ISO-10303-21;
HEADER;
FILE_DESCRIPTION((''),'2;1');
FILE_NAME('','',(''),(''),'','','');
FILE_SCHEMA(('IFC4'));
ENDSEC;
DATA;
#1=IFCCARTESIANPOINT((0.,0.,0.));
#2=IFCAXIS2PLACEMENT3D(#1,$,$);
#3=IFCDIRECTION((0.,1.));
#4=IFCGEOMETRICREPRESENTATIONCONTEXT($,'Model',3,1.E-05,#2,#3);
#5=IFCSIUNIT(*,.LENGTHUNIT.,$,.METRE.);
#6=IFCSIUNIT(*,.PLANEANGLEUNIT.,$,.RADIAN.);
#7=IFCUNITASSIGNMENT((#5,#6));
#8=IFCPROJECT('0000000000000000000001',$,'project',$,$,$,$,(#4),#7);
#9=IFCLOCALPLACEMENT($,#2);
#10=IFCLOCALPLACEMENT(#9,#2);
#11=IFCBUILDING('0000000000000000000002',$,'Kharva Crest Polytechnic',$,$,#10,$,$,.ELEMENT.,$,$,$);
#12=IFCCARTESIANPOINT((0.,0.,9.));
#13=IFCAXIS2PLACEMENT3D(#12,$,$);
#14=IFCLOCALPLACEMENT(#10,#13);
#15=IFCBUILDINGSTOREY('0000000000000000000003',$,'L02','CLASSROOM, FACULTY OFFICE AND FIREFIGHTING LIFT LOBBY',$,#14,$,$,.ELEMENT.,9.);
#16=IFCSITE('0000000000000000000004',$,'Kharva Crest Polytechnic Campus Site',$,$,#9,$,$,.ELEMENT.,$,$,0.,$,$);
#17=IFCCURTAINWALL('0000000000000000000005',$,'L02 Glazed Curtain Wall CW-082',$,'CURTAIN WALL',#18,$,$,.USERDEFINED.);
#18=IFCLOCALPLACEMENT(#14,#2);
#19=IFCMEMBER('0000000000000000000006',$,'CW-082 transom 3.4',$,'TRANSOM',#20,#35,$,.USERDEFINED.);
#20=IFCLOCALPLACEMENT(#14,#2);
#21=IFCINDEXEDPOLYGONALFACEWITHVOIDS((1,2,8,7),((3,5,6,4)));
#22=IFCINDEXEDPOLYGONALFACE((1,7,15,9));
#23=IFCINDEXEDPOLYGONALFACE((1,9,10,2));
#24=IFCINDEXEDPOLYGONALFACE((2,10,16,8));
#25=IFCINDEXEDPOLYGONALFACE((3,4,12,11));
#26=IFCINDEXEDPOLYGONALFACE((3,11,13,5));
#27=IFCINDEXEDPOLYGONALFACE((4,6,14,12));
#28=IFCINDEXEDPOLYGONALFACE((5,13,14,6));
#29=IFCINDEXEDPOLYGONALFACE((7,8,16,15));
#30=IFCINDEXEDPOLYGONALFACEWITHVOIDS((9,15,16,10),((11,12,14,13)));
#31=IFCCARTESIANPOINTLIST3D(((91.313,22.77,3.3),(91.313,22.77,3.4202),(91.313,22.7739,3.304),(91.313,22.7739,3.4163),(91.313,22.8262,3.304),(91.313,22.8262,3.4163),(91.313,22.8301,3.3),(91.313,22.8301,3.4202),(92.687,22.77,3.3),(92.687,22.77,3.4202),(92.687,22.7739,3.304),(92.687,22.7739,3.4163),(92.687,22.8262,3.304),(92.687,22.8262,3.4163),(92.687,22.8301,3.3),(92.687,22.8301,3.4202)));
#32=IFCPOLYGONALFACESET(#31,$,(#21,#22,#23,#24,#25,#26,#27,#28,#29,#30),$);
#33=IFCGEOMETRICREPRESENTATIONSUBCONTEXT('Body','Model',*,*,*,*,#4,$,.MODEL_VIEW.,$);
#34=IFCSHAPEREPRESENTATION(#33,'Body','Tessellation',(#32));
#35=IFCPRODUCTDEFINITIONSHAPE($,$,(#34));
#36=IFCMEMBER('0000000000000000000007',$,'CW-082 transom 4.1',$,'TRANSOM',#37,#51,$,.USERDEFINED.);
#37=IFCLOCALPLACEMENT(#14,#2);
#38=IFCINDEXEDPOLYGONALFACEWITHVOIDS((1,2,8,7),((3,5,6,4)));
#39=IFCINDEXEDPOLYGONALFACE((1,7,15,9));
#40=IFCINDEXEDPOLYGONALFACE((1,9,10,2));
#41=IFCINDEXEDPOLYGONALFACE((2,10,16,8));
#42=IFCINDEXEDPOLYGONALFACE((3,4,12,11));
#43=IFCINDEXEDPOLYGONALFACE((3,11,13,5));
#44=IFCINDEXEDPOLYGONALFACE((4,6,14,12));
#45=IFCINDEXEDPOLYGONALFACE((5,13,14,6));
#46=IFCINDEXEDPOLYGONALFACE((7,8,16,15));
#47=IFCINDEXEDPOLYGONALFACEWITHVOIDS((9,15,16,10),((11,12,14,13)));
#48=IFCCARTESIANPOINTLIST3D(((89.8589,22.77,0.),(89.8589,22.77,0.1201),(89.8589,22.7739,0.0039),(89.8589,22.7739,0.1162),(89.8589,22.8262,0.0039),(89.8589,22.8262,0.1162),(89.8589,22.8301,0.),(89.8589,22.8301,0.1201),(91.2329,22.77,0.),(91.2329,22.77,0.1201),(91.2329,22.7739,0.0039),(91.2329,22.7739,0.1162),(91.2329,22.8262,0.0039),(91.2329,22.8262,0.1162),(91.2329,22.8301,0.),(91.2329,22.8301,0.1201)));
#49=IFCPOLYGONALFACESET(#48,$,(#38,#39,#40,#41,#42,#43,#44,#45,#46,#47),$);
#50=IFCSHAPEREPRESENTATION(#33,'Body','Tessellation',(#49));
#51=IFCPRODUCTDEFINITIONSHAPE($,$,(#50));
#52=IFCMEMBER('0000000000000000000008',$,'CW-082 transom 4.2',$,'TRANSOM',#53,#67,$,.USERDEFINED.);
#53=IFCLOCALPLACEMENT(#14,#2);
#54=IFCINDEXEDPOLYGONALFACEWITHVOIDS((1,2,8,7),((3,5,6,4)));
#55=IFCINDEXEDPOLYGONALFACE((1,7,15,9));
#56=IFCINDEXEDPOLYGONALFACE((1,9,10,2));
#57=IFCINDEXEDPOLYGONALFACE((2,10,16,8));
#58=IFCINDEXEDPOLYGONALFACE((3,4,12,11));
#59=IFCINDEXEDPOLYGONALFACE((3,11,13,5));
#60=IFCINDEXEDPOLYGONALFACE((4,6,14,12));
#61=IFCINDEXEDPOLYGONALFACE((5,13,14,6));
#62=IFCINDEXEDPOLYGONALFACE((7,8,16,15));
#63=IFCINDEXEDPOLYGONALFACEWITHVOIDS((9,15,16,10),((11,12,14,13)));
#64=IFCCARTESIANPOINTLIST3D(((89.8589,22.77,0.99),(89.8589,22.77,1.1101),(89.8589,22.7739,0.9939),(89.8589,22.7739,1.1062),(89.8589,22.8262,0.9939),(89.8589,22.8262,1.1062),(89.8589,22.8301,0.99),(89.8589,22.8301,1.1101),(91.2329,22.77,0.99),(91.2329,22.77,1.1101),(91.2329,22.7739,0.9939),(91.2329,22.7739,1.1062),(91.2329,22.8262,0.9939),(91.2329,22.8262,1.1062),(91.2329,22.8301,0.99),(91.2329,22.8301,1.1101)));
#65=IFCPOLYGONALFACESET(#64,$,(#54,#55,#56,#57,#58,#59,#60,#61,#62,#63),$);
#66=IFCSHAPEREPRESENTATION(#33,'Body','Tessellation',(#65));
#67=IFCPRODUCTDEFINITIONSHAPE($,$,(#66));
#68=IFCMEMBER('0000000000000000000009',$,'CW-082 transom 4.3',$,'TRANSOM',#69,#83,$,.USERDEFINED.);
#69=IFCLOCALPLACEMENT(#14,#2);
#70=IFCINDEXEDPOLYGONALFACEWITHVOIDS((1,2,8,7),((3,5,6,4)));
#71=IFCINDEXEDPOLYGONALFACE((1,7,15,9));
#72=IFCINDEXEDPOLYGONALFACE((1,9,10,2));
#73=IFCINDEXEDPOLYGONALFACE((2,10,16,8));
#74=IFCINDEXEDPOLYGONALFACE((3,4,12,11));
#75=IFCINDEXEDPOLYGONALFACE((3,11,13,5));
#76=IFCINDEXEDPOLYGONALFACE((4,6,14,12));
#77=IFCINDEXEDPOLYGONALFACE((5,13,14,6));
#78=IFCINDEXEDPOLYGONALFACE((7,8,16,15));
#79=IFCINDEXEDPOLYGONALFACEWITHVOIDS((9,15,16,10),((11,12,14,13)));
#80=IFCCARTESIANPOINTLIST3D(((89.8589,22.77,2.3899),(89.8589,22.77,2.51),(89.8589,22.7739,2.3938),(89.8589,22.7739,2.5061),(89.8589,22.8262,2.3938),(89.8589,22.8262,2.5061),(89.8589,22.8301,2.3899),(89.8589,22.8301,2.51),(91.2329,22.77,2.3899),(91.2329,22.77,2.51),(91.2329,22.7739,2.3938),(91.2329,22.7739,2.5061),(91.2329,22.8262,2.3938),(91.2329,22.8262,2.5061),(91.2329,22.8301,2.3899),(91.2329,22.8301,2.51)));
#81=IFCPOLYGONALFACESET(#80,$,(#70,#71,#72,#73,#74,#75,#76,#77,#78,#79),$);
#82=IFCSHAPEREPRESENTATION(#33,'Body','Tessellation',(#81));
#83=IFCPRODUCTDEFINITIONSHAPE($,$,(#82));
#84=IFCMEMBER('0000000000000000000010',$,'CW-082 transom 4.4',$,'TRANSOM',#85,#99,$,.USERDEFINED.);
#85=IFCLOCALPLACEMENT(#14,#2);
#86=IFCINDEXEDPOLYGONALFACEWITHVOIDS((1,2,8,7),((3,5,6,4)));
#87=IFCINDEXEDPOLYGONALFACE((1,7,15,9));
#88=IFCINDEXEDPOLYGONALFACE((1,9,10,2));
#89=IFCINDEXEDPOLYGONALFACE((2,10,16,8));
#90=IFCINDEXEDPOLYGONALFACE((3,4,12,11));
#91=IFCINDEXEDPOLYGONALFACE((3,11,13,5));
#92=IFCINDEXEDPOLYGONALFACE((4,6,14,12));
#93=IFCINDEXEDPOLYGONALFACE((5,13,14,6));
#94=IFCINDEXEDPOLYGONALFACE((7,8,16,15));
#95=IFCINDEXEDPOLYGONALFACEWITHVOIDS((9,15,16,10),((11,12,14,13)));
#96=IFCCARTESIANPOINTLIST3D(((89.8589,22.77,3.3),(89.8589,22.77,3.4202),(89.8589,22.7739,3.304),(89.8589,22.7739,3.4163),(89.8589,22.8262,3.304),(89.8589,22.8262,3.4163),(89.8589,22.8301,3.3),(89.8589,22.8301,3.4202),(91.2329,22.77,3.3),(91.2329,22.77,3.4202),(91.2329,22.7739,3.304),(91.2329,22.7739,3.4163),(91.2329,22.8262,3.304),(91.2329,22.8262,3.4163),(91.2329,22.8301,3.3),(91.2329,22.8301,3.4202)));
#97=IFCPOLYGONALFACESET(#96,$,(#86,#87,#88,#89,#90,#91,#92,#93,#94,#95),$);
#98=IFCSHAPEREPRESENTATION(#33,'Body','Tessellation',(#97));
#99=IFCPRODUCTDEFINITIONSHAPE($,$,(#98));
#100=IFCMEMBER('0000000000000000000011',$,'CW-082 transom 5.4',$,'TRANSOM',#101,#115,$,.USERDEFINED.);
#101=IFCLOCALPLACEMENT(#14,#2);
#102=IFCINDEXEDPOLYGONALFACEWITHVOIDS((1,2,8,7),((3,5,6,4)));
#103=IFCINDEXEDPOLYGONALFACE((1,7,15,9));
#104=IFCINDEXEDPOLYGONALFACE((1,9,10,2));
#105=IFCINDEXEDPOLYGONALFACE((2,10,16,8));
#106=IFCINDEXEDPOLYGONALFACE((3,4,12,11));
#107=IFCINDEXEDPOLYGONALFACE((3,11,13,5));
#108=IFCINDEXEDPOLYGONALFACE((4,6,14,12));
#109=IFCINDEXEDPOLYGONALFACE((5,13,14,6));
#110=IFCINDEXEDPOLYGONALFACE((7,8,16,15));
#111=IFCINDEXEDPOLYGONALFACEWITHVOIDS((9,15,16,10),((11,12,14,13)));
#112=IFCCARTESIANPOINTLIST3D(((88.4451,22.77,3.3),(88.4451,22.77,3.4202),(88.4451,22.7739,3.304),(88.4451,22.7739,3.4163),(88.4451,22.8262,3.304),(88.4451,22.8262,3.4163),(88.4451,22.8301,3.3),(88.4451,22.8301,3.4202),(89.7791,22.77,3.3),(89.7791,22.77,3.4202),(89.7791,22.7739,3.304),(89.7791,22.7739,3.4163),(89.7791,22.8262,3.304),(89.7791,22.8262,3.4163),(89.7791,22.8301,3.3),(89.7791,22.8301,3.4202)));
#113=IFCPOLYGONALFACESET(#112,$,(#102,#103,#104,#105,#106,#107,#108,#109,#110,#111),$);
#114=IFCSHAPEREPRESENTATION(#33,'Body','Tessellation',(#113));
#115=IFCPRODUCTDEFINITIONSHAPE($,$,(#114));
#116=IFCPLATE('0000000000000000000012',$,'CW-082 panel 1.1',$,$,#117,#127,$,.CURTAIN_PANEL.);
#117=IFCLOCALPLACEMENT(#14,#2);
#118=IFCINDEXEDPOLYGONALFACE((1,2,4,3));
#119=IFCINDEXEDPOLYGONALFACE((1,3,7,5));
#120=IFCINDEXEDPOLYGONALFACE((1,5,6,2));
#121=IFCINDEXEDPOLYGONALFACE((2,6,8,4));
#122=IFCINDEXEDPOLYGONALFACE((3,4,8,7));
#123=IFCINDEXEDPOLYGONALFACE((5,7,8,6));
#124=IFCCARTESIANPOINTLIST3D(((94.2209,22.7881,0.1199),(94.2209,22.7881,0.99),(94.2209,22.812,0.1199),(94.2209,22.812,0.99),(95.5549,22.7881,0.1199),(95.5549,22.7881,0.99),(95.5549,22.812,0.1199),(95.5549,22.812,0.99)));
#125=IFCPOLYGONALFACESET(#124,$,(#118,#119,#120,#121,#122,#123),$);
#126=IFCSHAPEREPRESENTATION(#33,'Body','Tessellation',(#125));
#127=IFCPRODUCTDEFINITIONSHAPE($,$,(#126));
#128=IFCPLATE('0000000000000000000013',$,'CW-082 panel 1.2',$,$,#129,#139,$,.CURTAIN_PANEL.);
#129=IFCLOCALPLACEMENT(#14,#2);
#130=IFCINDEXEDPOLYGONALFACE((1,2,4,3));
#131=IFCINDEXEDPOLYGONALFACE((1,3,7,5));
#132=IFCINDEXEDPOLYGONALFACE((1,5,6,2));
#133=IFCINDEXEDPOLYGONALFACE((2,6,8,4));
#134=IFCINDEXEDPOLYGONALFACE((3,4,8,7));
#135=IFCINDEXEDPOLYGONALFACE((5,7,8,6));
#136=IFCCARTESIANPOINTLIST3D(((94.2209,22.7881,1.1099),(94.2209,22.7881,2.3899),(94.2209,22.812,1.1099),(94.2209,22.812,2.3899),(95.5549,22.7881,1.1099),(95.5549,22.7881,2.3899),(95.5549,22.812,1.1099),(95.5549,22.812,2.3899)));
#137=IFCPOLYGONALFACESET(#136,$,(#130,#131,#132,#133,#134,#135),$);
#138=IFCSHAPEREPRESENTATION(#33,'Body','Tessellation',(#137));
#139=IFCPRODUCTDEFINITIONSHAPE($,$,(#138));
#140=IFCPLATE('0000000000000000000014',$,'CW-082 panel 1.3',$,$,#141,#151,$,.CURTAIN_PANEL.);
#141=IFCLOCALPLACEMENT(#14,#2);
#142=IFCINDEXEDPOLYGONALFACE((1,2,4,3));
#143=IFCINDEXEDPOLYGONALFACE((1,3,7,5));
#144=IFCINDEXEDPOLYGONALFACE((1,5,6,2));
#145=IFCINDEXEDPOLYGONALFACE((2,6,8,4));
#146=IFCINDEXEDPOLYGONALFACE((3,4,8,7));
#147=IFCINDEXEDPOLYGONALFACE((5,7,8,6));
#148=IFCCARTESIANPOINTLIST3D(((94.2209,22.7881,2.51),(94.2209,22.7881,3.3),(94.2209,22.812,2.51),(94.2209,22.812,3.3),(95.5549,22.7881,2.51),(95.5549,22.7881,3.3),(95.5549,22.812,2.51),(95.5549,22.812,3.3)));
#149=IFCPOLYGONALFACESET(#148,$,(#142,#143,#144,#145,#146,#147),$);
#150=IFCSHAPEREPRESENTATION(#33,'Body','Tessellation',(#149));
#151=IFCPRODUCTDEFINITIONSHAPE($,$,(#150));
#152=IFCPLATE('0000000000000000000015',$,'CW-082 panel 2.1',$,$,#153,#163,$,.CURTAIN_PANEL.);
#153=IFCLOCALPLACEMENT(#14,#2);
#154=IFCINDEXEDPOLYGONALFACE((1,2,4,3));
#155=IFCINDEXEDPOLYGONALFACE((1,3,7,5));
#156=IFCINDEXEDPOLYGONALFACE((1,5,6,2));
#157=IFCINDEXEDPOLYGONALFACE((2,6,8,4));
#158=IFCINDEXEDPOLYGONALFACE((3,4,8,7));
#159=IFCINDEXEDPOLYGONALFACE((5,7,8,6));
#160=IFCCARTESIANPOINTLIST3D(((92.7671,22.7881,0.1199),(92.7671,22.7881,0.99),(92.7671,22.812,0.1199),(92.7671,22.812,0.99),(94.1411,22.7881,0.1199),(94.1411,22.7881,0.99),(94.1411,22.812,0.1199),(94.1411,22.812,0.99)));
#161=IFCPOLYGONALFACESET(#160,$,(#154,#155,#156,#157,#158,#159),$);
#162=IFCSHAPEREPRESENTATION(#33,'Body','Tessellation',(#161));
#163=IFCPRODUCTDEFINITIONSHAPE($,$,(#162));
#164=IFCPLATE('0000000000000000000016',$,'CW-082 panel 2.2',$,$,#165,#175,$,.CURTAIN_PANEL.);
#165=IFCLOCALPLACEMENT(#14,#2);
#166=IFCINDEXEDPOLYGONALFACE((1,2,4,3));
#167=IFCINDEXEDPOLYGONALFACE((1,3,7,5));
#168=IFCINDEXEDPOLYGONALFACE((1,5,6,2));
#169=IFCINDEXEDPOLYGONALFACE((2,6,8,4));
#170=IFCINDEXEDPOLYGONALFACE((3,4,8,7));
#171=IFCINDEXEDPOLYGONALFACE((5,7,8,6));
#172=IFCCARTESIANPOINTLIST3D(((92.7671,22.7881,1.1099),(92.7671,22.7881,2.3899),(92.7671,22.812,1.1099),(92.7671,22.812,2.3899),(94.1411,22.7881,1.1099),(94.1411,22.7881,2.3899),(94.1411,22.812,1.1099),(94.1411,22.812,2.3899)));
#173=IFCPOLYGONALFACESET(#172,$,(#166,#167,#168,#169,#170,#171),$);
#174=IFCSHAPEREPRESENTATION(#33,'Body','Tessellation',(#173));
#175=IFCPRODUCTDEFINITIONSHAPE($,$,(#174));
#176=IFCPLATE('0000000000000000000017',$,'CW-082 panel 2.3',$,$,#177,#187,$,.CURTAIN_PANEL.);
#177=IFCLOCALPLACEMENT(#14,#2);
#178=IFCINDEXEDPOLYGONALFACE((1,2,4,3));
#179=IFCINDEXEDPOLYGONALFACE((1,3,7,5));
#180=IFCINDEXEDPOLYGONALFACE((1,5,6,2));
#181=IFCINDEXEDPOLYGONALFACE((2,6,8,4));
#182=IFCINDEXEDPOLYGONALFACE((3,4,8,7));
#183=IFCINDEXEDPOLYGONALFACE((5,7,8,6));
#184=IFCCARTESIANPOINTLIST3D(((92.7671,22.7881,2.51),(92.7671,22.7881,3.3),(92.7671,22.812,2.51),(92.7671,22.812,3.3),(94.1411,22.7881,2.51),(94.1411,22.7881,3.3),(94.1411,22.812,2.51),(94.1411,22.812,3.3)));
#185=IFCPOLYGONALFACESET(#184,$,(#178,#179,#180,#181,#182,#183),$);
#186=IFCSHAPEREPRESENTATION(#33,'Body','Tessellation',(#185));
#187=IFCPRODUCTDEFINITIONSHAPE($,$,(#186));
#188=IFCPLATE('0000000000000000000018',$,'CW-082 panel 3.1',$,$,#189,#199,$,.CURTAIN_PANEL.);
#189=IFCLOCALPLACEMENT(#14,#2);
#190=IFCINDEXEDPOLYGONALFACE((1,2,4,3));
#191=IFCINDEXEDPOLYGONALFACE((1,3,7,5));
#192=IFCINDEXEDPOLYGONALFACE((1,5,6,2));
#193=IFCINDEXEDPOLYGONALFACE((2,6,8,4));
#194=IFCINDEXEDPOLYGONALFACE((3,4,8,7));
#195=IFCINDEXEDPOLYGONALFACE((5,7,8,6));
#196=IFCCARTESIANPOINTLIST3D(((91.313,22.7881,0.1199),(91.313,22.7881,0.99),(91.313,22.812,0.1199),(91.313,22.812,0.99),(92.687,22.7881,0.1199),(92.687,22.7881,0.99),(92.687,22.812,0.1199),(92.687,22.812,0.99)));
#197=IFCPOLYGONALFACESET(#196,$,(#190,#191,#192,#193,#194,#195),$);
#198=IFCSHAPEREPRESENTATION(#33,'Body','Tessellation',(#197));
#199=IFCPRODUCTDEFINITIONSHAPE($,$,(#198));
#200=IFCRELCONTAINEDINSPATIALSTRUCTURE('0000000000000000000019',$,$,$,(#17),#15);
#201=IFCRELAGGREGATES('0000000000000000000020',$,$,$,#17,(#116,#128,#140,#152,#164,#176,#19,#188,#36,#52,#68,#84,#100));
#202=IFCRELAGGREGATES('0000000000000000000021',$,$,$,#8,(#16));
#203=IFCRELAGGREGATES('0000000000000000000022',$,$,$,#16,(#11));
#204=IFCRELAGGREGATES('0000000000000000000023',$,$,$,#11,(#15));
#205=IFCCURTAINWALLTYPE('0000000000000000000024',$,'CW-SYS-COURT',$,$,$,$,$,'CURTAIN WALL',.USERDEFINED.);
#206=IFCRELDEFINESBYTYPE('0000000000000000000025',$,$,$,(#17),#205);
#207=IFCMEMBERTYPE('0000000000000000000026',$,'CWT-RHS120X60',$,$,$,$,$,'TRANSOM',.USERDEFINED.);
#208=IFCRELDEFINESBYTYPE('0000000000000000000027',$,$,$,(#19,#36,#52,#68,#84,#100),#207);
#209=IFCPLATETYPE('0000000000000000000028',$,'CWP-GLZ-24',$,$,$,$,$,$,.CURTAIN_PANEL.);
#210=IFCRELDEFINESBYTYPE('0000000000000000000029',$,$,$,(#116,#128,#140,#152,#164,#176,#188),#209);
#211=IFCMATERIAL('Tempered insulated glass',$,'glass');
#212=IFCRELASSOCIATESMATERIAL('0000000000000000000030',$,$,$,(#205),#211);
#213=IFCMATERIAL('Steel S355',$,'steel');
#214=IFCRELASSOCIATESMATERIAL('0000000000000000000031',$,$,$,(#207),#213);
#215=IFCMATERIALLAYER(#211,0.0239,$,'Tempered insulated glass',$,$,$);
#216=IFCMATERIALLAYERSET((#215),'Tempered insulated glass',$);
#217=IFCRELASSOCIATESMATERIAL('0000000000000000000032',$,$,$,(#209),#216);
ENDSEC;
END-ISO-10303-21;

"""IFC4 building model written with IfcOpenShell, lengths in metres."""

from ifc_helpers import new_model, si_unit, direction, frame, origin, origin_2d, place, context, subcontext, project, spatial, rectangle, hollow_rectangle, extrude, material, layer, layer_set, material_profile, profile_set, type_object, element, aggregate, save


model = new_model("IFC4")

# Units and contexts
model_context = context("Model", 3, precision=1e-05, world=origin(), true_north=direction((0.0, 1.0)))
body_context = subcontext(model_context, "Body", "Model", "MODEL_VIEW")
ifc_project = project(units=[si_unit("LENGTHUNIT", "METRE"), si_unit("PLANEANGLEUNIT", "RADIAN")], contexts=[model_context])

# Site, building, storey
site_placement = place(None, origin())
site = spatial("IfcSite", under=ifc_project, at=site_placement, Name="Kharva Crest Polytechnic Campus Site", CompositionType="ELEMENT", RefElevation=0.0)
building_placement = place(site_placement, origin())
building = spatial("IfcBuilding", under=site, at=building_placement, Name="Kharva Crest Polytechnic", CompositionType="ELEMENT")
storey_placement = place(building_placement, frame((0.0, 0.0, 9.0)))
storey = spatial("IfcBuildingStorey", under=building, at=storey_placement, Name="L02", Description="CLASSROOM, FACULTY OFFICE AND FIREFIGHTING LIFT LOBBY", CompositionType="ELEMENT", Elevation=9.0)

# Shared definitions
ifc_material_1 = material(Name="Steel S355", Category="steel")

# Curtain wall, members, plates
ifc_material_2 = material(Name="Tempered insulated glass", Category="glass")
curtain_wall_type = type_object("IfcCurtainWallType", Name="CW-SYS-COURT", ElementType="CURTAIN WALL", PredefinedType="USERDEFINED", material=ifc_material_2)
curtain_wall_placement = place(storey_placement, origin())
curtain_wall = element("IfcCurtainWall", 1, at=curtain_wall_placement, inside=storey, type_object=curtain_wall_type, Name="L02 Glazed Curtain Wall CW-082", ObjectType="CURTAIN WALL", PredefinedType="USERDEFINED")
ifc_material_profile_1 = material_profile(ifc_material_1, hollow_rectangle(XDim=0.0601, YDim=0.1201, WallThickness=0.0039, at=origin_2d()), Name="RHS 120X60X4.0")
ifc_profile_set_1 = profile_set([ifc_material_profile_1], Name="Steel S355")
member_type_1 = type_object("IfcMemberType", Name="CWT-RHS120X60", ElementType="TRANSOM", PredefinedType="USERDEFINED", material=ifc_profile_set_1)
member_1_placement = place(storey_placement, frame((92.687, 22.8, 3.3601), z_axis=(-1.0, 0.0, 0.0), x_axis=(0.0, -1.0, 0.0)))
member_1 = element("IfcMember", 2, at=member_1_placement, type_object=member_type_1, Name="CW-082 transom 3.4", ObjectType="TRANSOM", PredefinedType="USERDEFINED", context=body_context, shape_type="SweptSolid", body=[
    extrude(hollow_rectangle(XDim=0.0601, YDim=0.1201, WallThickness=0.0039, at=origin_2d()), origin(), (0.0, 0.0, 1.0), 1.374),
])
member_2_placement = place(storey_placement, frame((91.2329, 22.8, 0.0601), z_axis=(-1.0, 0.0, 0.0), x_axis=(0.0, -1.0, 0.0)))
member_2 = element("IfcMember", 3, at=member_2_placement, type_object=member_type_1, Name="CW-082 transom 4.1", ObjectType="TRANSOM", PredefinedType="USERDEFINED", context=body_context, shape_type="SweptSolid", body=[
    extrude(hollow_rectangle(XDim=0.0601, YDim=0.1201, WallThickness=0.0039, at=origin_2d()), origin(), (0.0, 0.0, 1.0), 1.374),
])
member_3_placement = place(storey_placement, frame((91.2329, 22.8, 1.05), z_axis=(-1.0, 0.0, 0.0), x_axis=(0.0, -1.0, 0.0)))
member_3 = element("IfcMember", 4, at=member_3_placement, type_object=member_type_1, Name="CW-082 transom 4.2", ObjectType="TRANSOM", PredefinedType="USERDEFINED", context=body_context, shape_type="SweptSolid", body=[
    extrude(hollow_rectangle(XDim=0.0601, YDim=0.1201, WallThickness=0.0039, at=origin_2d()), origin(), (0.0, 0.0, 1.0), 1.374),
])
member_4_placement = place(storey_placement, frame((91.2329, 22.8, 2.45), z_axis=(-1.0, 0.0, 0.0), x_axis=(0.0, -1.0, 0.0)))
member_4 = element("IfcMember", 5, at=member_4_placement, type_object=member_type_1, Name="CW-082 transom 4.3", ObjectType="TRANSOM", PredefinedType="USERDEFINED", context=body_context, shape_type="SweptSolid", body=[
    extrude(hollow_rectangle(XDim=0.0601, YDim=0.1201, WallThickness=0.0039, at=origin_2d()), origin(), (0.0, 0.0, 1.0), 1.374),
])
member_5_placement = place(storey_placement, frame((91.2329, 22.8, 3.3601), z_axis=(-1.0, 0.0, 0.0), x_axis=(0.0, -1.0, 0.0)))
member_5 = element("IfcMember", 6, at=member_5_placement, type_object=member_type_1, Name="CW-082 transom 4.4", ObjectType="TRANSOM", PredefinedType="USERDEFINED", context=body_context, shape_type="SweptSolid", body=[
    extrude(hollow_rectangle(XDim=0.0601, YDim=0.1201, WallThickness=0.0039, at=origin_2d()), origin(), (0.0, 0.0, 1.0), 1.374),
])
member_6_placement = place(storey_placement, frame((89.7791, 22.8, 3.3601), z_axis=(-1.0, 0.0, 0.0), x_axis=(0.0, -1.0, 0.0)))
member_6 = element("IfcMember", 7, at=member_6_placement, type_object=member_type_1, Name="CW-082 transom 5.4", ObjectType="TRANSOM", PredefinedType="USERDEFINED", context=body_context, shape_type="SweptSolid", body=[
    extrude(hollow_rectangle(XDim=0.0601, YDim=0.1201, WallThickness=0.0039, at=origin_2d()), origin(), (0.0, 0.0, 1.0), 1.334),
])
ifc_layer = layer(ifc_material_2, 0.0239, Name="Tempered insulated glass")
ifc_layer_set = layer_set([ifc_layer], Name="Tempered insulated glass")
plate_type = type_object("IfcPlateType", Name="CWP-GLZ-24", PredefinedType="CURTAIN_PANEL", material=ifc_layer_set)
plate_1_placement = place(storey_placement, frame((94.8879, 22.8, 0.1199), z_axis=(0.0, 0.0, 1.0), x_axis=(-1.0, 0.0, 0.0)))
plate_1 = element("IfcPlate", 8, at=plate_1_placement, type_object=plate_type, Name="CW-082 panel 1.1", PredefinedType="CURTAIN_PANEL", context=body_context, shape_type="SweptSolid", body=[
    extrude(rectangle(XDim=1.334, YDim=0.0239, at=origin_2d()), origin(), (0.0, 0.0, 1.0), 0.8701),
])
plate_2_placement = place(storey_placement, frame((94.8879, 22.8, 1.1099), z_axis=(0.0, 0.0, 1.0), x_axis=(-1.0, 0.0, 0.0)))
plate_2 = element("IfcPlate", 9, at=plate_2_placement, type_object=plate_type, Name="CW-082 panel 1.2", PredefinedType="CURTAIN_PANEL", context=body_context, shape_type="SweptSolid", body=[
    extrude(rectangle(XDim=1.334, YDim=0.0239, at=origin_2d()), origin(), (0.0, 0.0, 1.0), 1.28),
])
plate_3_placement = place(storey_placement, frame((94.8879, 22.8, 2.51), z_axis=(0.0, 0.0, 1.0), x_axis=(-1.0, 0.0, 0.0)))
plate_3 = element("IfcPlate", 10, at=plate_3_placement, type_object=plate_type, Name="CW-082 panel 1.3", PredefinedType="CURTAIN_PANEL", context=body_context, shape_type="SweptSolid", body=[
    extrude(rectangle(XDim=1.334, YDim=0.0239, at=origin_2d()), origin(), (0.0, 0.0, 1.0), 0.79),
])
plate_4_placement = place(storey_placement, frame((93.4541, 22.8, 0.1199), z_axis=(0.0, 0.0, 1.0), x_axis=(-1.0, 0.0, 0.0)))
plate_4 = element("IfcPlate", 11, at=plate_4_placement, type_object=plate_type, Name="CW-082 panel 2.1", PredefinedType="CURTAIN_PANEL", context=body_context, shape_type="SweptSolid", body=[
    extrude(rectangle(XDim=1.374, YDim=0.0239, at=origin_2d()), origin(), (0.0, 0.0, 1.0), 0.8701),
])
plate_5_placement = place(storey_placement, frame((93.4541, 22.8, 1.1099), z_axis=(0.0, 0.0, 1.0), x_axis=(-1.0, 0.0, 0.0)))
plate_5 = element("IfcPlate", 12, at=plate_5_placement, type_object=plate_type, Name="CW-082 panel 2.2", PredefinedType="CURTAIN_PANEL", context=body_context, shape_type="SweptSolid", body=[
    extrude(rectangle(XDim=1.374, YDim=0.0239, at=origin_2d()), origin(), (0.0, 0.0, 1.0), 1.28),
])
plate_6_placement = place(storey_placement, frame((93.4541, 22.8, 2.51), z_axis=(0.0, 0.0, 1.0), x_axis=(-1.0, 0.0, 0.0)))
plate_6 = element("IfcPlate", 13, at=plate_6_placement, type_object=plate_type, Name="CW-082 panel 2.3", PredefinedType="CURTAIN_PANEL", context=body_context, shape_type="SweptSolid", body=[
    extrude(rectangle(XDim=1.374, YDim=0.0239, at=origin_2d()), origin(), (0.0, 0.0, 1.0), 0.79),
])
plate_7_placement = place(storey_placement, frame((92.0, 22.8, 0.1199), z_axis=(0.0, 0.0, 1.0), x_axis=(-1.0, 0.0, 0.0)))
plate_7 = element("IfcPlate", 14, at=plate_7_placement, type_object=plate_type, Name="CW-082 panel 3.1", PredefinedType="CURTAIN_PANEL", context=body_context, shape_type="SweptSolid", body=[
    extrude(rectangle(XDim=1.374, YDim=0.0239, at=origin_2d()), origin(), (0.0, 0.0, 1.0), 0.8701),
])
aggregate(curtain_wall, [plate_1, plate_2, plate_3, plate_4, plate_5, plate_6, member_1, plate_7, member_2, member_3, member_4, member_5, member_6])

save(model, "model.ifc")
